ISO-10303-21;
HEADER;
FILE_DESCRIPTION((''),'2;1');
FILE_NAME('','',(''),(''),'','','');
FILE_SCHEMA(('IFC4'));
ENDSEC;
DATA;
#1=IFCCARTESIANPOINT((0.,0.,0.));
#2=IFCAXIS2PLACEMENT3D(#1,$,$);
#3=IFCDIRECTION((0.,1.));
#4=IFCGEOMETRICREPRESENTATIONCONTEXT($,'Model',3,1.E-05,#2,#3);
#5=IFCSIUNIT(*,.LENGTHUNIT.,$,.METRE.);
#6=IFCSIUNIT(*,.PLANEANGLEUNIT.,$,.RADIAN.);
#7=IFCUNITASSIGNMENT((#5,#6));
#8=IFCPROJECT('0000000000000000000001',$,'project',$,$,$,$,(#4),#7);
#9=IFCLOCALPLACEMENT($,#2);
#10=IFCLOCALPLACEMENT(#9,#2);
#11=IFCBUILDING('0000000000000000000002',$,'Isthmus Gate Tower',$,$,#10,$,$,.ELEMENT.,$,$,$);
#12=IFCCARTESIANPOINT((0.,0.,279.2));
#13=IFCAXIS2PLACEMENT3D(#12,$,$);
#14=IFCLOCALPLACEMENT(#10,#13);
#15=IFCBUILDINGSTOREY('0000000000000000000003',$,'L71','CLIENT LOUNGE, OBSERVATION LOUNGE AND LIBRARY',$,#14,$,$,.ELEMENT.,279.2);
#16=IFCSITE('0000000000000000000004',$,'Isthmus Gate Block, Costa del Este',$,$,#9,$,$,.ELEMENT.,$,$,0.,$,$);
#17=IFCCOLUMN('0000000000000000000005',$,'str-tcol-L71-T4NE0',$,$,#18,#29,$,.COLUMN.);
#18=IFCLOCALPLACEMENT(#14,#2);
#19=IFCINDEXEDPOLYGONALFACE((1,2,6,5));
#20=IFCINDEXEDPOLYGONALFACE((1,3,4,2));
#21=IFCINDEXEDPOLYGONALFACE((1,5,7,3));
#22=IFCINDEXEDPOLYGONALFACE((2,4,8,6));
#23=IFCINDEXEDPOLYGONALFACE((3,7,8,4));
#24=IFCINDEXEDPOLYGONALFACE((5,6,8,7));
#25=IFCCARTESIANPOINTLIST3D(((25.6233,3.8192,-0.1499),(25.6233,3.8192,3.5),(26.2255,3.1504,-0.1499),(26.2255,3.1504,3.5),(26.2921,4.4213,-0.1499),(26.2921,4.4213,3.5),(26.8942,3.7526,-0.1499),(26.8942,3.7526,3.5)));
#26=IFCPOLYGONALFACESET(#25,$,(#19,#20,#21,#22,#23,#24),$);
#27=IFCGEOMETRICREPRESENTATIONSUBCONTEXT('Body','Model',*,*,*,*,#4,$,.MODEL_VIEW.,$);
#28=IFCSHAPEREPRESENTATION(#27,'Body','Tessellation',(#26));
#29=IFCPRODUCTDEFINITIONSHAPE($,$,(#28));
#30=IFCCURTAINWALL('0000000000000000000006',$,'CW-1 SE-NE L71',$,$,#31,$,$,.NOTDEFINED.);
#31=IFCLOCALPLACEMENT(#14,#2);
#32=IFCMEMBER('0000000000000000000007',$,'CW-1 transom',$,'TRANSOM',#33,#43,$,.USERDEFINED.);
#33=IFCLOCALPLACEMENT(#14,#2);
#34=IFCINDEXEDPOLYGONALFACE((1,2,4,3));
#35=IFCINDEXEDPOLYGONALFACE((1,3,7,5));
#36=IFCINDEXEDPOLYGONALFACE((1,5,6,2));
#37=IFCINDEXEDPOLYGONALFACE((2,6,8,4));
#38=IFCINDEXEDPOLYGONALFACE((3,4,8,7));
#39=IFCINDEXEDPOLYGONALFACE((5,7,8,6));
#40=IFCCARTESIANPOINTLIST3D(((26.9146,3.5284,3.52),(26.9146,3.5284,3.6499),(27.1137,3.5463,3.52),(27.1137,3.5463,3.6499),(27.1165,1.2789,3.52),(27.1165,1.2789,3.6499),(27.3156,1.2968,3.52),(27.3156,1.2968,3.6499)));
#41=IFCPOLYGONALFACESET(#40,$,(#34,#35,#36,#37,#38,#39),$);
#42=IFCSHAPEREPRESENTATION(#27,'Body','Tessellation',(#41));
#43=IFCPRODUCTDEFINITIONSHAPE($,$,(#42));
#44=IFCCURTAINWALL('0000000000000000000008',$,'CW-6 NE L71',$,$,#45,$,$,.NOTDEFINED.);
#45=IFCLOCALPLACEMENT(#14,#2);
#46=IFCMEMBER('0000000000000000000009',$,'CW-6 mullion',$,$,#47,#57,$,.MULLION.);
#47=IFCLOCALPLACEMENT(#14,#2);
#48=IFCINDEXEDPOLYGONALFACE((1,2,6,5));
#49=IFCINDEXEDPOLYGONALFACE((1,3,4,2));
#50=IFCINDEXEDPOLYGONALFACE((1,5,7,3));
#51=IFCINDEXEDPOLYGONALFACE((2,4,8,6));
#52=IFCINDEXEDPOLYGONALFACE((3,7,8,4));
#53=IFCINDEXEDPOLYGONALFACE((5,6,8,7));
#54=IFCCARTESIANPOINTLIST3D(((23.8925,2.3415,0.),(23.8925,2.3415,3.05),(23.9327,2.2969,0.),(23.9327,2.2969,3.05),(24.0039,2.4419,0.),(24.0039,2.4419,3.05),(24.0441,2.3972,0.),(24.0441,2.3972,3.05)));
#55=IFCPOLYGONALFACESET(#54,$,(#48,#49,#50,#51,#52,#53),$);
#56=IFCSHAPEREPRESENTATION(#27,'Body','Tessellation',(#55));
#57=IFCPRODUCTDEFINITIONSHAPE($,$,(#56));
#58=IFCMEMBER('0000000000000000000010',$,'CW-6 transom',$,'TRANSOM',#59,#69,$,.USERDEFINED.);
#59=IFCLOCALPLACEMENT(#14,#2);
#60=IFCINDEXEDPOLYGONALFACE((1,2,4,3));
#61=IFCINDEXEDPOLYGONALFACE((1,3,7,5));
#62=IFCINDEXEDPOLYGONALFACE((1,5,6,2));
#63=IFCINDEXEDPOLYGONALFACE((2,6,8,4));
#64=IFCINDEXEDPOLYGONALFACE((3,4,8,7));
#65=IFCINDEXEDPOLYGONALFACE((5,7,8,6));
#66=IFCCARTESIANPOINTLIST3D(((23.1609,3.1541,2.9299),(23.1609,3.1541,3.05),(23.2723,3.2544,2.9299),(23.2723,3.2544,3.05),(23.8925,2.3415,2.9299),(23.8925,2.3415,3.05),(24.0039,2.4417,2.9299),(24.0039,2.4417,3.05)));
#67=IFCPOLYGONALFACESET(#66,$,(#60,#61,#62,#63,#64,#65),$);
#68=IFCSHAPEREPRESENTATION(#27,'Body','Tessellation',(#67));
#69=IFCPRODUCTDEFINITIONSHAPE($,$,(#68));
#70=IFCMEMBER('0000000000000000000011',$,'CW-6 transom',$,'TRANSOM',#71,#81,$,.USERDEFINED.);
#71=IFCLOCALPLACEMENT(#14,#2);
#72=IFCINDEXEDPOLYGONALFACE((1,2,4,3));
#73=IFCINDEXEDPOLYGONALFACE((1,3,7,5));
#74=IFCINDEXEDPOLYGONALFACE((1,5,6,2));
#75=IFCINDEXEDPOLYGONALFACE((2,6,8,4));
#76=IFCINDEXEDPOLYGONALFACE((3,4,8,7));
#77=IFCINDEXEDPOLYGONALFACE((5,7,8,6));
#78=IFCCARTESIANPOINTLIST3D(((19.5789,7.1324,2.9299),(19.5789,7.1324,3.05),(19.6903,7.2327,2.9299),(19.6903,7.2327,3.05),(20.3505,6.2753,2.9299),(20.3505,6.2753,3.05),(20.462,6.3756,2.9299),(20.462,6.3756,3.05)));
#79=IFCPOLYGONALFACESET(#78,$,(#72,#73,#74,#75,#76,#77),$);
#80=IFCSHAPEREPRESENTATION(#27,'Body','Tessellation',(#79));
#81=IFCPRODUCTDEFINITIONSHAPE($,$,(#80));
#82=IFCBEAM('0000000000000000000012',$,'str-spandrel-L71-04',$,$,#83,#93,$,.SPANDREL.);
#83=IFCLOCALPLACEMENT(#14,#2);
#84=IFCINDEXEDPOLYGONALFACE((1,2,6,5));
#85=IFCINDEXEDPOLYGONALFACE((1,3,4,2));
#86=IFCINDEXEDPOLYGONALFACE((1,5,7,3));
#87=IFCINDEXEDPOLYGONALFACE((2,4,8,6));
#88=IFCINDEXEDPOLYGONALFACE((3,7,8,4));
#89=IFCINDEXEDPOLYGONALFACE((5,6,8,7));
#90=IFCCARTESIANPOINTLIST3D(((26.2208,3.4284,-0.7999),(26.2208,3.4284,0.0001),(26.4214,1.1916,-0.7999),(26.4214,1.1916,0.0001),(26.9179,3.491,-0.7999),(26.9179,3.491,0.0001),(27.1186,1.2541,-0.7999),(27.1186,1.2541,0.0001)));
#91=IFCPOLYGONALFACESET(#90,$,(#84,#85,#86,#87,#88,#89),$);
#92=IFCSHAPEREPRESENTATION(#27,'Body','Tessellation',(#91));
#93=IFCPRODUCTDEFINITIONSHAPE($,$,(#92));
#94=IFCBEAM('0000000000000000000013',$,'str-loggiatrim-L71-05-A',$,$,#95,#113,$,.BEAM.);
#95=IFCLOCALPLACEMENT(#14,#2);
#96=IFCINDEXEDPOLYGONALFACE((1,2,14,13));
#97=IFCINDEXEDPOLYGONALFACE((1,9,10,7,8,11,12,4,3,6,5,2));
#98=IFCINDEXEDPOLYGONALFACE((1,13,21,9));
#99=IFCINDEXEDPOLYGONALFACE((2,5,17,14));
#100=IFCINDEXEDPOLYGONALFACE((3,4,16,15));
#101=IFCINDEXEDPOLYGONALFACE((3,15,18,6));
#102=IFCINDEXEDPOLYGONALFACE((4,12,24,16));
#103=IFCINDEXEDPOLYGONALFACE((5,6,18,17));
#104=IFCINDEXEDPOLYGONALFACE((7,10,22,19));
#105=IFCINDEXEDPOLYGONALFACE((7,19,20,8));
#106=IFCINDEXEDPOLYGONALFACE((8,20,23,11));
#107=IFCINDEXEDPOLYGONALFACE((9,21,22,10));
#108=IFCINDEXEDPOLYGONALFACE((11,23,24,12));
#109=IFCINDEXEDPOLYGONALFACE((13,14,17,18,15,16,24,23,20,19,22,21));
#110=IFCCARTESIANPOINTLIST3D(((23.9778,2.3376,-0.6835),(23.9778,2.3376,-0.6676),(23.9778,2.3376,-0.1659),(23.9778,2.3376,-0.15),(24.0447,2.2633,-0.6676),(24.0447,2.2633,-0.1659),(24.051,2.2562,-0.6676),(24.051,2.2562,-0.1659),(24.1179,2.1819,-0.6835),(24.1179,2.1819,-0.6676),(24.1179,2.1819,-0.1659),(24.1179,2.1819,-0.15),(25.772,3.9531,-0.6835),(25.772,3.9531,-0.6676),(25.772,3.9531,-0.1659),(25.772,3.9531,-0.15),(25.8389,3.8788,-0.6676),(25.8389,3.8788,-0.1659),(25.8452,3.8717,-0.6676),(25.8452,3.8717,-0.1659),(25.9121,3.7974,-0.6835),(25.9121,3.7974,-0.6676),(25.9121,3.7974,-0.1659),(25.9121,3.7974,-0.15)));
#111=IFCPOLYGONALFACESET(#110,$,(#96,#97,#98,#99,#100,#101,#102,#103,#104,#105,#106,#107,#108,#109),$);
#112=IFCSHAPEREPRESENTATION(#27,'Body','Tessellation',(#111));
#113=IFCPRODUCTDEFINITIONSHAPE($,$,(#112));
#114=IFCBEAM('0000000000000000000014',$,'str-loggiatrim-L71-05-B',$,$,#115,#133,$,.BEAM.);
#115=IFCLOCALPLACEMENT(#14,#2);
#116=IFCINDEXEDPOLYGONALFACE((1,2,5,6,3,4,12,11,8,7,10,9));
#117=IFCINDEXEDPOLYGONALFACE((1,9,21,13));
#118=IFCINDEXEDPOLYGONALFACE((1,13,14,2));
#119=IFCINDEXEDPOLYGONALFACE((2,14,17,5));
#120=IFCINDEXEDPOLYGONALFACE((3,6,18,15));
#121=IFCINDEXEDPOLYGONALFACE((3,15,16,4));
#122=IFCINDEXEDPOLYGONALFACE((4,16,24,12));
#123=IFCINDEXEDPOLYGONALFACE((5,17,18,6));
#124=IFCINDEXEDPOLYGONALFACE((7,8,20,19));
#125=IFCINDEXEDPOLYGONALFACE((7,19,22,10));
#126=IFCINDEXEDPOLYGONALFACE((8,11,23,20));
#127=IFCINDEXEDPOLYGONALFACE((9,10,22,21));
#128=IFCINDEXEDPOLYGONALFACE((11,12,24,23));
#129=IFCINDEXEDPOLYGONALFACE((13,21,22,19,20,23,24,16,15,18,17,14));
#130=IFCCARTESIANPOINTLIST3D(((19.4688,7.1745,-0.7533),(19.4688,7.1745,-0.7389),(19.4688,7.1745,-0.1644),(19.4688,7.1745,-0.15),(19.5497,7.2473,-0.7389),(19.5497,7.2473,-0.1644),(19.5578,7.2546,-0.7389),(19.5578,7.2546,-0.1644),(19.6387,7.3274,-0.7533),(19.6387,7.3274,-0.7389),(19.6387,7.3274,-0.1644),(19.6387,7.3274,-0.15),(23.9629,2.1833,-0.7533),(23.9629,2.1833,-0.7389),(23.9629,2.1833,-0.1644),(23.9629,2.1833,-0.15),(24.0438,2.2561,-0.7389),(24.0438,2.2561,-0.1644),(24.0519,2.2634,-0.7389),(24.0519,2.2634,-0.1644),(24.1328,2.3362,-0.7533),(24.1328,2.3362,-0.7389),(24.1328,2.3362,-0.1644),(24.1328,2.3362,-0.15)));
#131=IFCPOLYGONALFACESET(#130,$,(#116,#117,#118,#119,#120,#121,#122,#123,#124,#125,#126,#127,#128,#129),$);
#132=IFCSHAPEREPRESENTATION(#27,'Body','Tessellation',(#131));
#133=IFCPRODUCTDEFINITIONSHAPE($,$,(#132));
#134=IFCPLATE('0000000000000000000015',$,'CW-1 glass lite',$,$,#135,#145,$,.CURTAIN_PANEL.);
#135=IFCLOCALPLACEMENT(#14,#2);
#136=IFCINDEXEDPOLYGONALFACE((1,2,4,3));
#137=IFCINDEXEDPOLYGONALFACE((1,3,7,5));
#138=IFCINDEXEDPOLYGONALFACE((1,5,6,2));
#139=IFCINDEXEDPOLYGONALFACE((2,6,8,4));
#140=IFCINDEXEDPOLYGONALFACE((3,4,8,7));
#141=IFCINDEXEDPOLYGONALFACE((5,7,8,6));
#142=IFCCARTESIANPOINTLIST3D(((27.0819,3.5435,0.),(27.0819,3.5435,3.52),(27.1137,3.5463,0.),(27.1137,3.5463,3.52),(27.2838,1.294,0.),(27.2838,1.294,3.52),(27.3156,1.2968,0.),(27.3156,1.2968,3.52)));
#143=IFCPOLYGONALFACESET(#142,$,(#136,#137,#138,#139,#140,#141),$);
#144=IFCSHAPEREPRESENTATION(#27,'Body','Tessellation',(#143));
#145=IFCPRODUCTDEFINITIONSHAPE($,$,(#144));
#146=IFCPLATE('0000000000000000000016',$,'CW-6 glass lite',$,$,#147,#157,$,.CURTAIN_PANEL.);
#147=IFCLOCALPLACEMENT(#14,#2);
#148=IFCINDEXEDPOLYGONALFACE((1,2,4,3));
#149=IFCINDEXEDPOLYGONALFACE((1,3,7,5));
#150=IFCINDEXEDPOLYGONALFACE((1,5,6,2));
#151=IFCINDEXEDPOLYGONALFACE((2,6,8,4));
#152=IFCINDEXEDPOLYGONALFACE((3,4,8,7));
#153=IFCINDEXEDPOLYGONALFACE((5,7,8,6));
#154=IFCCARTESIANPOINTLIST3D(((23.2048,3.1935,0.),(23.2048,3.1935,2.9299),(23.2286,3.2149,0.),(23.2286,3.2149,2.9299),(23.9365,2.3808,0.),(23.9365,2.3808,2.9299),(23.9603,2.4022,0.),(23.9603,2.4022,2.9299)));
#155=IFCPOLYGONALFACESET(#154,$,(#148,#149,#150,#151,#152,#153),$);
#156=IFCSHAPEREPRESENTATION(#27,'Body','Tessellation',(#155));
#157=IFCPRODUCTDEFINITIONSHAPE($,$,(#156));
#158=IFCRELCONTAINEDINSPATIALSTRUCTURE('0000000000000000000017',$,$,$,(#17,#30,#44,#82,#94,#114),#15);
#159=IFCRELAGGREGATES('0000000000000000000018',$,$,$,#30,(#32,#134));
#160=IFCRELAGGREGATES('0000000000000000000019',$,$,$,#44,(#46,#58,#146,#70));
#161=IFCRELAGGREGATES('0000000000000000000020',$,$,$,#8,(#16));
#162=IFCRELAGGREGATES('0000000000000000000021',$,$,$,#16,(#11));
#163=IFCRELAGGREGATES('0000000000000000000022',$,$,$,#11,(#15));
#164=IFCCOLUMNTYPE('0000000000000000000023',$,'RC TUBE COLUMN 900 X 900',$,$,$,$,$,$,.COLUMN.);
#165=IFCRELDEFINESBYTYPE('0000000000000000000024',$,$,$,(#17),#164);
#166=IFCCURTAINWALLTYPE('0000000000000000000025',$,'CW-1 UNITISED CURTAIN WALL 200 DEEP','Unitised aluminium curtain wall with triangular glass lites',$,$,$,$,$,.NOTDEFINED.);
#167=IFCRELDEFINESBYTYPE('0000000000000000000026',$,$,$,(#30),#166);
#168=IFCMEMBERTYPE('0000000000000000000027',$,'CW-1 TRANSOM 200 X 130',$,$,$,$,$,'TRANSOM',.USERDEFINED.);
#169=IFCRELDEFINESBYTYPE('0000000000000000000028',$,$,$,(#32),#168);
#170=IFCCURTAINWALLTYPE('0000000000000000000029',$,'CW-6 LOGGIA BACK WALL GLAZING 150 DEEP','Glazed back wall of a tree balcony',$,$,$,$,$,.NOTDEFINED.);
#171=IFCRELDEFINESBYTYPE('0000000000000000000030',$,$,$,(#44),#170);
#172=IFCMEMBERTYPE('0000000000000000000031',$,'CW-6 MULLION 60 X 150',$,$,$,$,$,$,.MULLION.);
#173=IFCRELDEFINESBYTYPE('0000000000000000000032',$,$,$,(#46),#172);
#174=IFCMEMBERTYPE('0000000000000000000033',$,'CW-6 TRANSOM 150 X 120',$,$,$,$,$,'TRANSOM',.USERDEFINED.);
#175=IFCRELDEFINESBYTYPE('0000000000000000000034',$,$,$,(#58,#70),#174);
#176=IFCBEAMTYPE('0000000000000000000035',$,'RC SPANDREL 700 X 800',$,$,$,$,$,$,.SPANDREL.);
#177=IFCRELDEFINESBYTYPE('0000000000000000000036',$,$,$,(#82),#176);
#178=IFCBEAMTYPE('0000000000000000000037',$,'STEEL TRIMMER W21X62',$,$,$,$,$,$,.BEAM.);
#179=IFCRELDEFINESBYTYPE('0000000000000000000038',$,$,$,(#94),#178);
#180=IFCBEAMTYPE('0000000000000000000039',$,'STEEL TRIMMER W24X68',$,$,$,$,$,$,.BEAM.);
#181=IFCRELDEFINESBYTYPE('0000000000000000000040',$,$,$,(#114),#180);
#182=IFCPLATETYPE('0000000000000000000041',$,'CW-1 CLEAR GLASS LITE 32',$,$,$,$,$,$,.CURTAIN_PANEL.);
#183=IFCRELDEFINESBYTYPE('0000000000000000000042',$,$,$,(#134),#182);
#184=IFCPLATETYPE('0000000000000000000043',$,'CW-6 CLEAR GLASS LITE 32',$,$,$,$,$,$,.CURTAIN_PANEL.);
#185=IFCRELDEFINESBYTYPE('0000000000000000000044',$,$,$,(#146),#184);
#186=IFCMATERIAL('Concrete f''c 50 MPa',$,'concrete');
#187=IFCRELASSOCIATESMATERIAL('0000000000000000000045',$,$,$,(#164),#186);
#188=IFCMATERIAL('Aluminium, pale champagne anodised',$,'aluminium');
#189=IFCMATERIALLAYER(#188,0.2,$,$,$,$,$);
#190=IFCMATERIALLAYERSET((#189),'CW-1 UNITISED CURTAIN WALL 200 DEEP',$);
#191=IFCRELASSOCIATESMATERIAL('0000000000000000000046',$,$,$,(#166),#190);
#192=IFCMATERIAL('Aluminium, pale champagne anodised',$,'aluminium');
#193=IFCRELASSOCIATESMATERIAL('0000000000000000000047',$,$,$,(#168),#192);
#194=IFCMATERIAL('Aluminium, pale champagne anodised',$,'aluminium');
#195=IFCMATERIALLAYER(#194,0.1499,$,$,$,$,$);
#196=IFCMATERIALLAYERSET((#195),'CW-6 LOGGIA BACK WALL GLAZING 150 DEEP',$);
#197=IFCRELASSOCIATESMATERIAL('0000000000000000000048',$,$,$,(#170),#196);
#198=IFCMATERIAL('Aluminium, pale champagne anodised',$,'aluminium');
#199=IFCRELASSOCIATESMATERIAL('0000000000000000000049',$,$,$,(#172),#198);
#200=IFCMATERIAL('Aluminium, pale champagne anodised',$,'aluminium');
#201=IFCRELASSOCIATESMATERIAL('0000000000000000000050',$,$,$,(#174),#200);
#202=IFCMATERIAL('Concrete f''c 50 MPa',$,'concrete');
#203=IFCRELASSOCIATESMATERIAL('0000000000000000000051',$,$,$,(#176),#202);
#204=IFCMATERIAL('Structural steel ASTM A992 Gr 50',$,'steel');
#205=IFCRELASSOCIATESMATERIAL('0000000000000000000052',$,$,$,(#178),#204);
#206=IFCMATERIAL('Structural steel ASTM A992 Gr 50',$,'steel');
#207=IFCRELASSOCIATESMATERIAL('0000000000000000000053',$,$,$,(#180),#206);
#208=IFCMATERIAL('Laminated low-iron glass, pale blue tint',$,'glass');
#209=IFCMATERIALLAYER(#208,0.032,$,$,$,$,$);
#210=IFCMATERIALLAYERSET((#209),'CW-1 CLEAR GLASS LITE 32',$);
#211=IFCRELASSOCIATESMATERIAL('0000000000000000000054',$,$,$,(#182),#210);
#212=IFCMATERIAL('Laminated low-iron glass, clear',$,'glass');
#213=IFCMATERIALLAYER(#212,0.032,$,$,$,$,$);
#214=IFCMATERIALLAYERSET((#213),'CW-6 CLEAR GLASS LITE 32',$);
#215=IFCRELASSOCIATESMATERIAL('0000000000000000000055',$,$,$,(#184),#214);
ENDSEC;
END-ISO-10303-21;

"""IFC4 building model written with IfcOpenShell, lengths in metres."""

from ifc_helpers import new_model, si_unit, direction, frame, origin, origin_2d, place, context, subcontext, project, spatial, rectangle, i_section, extrude, material, layer, layer_set, material_profile, profile_set, type_object, element, aggregate, save


model = new_model("IFC4")

# Units and contexts
model_context = context("Model", 3, precision=1e-05, world=origin(), true_north=direction((0.0, 1.0)))
body_context = subcontext(model_context, "Body", "Model", "MODEL_VIEW")
ifc_project = project(units=[si_unit("LENGTHUNIT", "METRE"), si_unit("PLANEANGLEUNIT", "RADIAN")], contexts=[model_context])

# Site, building, storey
site_placement = place(None, origin())
site = spatial("IfcSite", under=ifc_project, at=site_placement, Name="Isthmus Gate Block, Costa del Este", CompositionType="ELEMENT", RefElevation=0.0)
building_placement = place(site_placement, origin())
building = spatial("IfcBuilding", under=site, at=building_placement, Name="Isthmus Gate Tower", CompositionType="ELEMENT")
storey_placement = place(building_placement, frame((0.0, 0.0, 279.2)))
storey = spatial("IfcBuildingStorey", under=building, at=storey_placement, Name="L71", Description="CLIENT LOUNGE, OBSERVATION LOUNGE AND LIBRARY", CompositionType="ELEMENT", Elevation=279.2)

# Column
ifc_material_1 = material(Name="Concrete f'c 50 MPa", Category="concrete")
ifc_material_profile_1 = material_profile(ifc_material_1, rectangle(XDim=0.8999, YDim=0.8999, at=origin_2d()), Name="RC 900X900")
ifc_profile_set_1 = profile_set([ifc_material_profile_1], Name="Concrete f'c 50 MPa")
column_type = type_object("IfcColumnType", Name="RC TUBE COLUMN 900 X 900", PredefinedType="COLUMN", material=ifc_profile_set_1)
column_placement = place(storey_placement, frame((26.2588, 3.7859, -0.1499), z_axis=(0.0, 0.0, 1.0), x_axis=(-0.669131, 0.743145, 0.0)))
element("IfcColumn", 1, at=column_placement, inside=storey, type_object=column_type, Name="str-tcol-L71-T4NE0", PredefinedType="COLUMN", context=body_context, shape_type="SweptSolid", body=[
    extrude(rectangle(XDim=0.8999, YDim=0.8999, at=origin_2d()), origin(), (0.0, 0.0, 1.0), 3.6499),
])

# Curtain wall, member
ifc_material_2 = material(Name="Aluminium, pale champagne anodised", Category="aluminium")
ifc_layer_1 = layer(ifc_material_2, 0.2)
ifc_layer_set_1 = layer_set([ifc_layer_1], Name="CW-1 UNITISED CURTAIN WALL 200 DEEP")
curtain_wall_type_1 = type_object("IfcCurtainWallType", Name="CW-1 UNITISED CURTAIN WALL 200 DEEP", Description="Unitised aluminium curtain wall with triangular glass lites", PredefinedType="NOTDEFINED", material=ifc_layer_set_1)
curtain_wall_1_placement = place(storey_placement, origin())
curtain_wall_1 = element("IfcCurtainWall", 2, at=curtain_wall_1_placement, inside=storey, type_object=curtain_wall_type_1, Name="CW-1 SE-NE L71", PredefinedType="NOTDEFINED")
ifc_material_3 = material(Name="Aluminium, pale champagne anodised", Category="aluminium")
ifc_material_profile_2 = material_profile(ifc_material_3, rectangle(XDim=0.2, YDim=0.1299, at=origin_2d()), Name="200x130")
ifc_profile_set_2 = profile_set([ifc_material_profile_2], Name="Aluminium, pale champagne anodised")
member_type_1 = type_object("IfcMemberType", Name="CW-1 TRANSOM 200 X 130", ElementType="TRANSOM", PredefinedType="USERDEFINED", material=ifc_profile_set_2)
member_1_placement = place(storey_placement, frame((27.2161, 1.2878, 3.585), z_axis=(-0.089395, 0.995996, 0.0), x_axis=(-0.995996, -0.089395, 0.0)))
member_1 = element("IfcMember", 3, at=member_1_placement, type_object=member_type_1, Name="CW-1 transom", ObjectType="TRANSOM", PredefinedType="USERDEFINED", context=body_context, shape_type="SweptSolid", body=[
    extrude(rectangle(XDim=0.2, YDim=0.1299, at=origin_2d()), origin(), (0.0, 0.0, 1.0), 2.2585),
])

# Curtain wall, members
ifc_material_4 = material(Name="Aluminium, pale champagne anodised", Category="aluminium")
ifc_layer_2 = layer(ifc_material_4, 0.1499)
ifc_layer_set_2 = layer_set([ifc_layer_2], Name="CW-6 LOGGIA BACK WALL GLAZING 150 DEEP")
curtain_wall_type_2 = type_object("IfcCurtainWallType", Name="CW-6 LOGGIA BACK WALL GLAZING 150 DEEP", Description="Glazed back wall of a tree balcony", PredefinedType="NOTDEFINED", material=ifc_layer_set_2)
curtain_wall_2_placement = place(storey_placement, origin())
curtain_wall_2 = element("IfcCurtainWall", 4, at=curtain_wall_2_placement, inside=storey, type_object=curtain_wall_type_2, Name="CW-6 NE L71", PredefinedType="NOTDEFINED")
ifc_material_5 = material(Name="Aluminium, pale champagne anodised", Category="aluminium")
ifc_material_profile_3 = material_profile(ifc_material_5, rectangle(XDim=0.0601, YDim=0.1499, at=origin_2d()), Name="60x150")
ifc_profile_set_3 = profile_set([ifc_material_profile_3], Name="Aluminium, pale champagne anodised")
member_type_2 = type_object("IfcMemberType", Name="CW-6 MULLION 60 X 150", PredefinedType="MULLION", material=ifc_profile_set_3)
member_2_placement = place(storey_placement, frame((23.9683, 2.3694, 0.0), z_axis=(0.0, 0.0, 1.0), x_axis=(-0.669131, 0.743145, 0.0)))
member_2 = element("IfcMember", 5, at=member_2_placement, type_object=member_type_2, Name="CW-6 mullion", PredefinedType="MULLION", context=body_context, shape_type="SweptSolid", body=[
    extrude(rectangle(XDim=0.0601, YDim=0.1499, at=origin_2d()), origin(), (0.0, 0.0, 1.0), 3.05),
])
ifc_material_6 = material(Name="Aluminium, pale champagne anodised", Category="aluminium")
ifc_material_profile_4 = material_profile(ifc_material_6, rectangle(XDim=0.1499, YDim=0.1201, at=origin_2d()), Name="150x120")
ifc_profile_set_4 = profile_set([ifc_material_profile_4], Name="Aluminium, pale champagne anodised")
member_type_3 = type_object("IfcMemberType", Name="CW-6 TRANSOM 150 X 120", ElementType="TRANSOM", PredefinedType="USERDEFINED", material=ifc_profile_set_4)
member_3_placement = place(storey_placement, frame((23.9482, 2.3916, 2.99), z_axis=(-0.669076, 0.743194, 0.0), x_axis=(-0.743194, -0.669076, 0.0)))
member_3 = element("IfcMember", 6, at=member_3_placement, type_object=member_type_3, Name="CW-6 transom", ObjectType="TRANSOM", PredefinedType="USERDEFINED", context=body_context, shape_type="SweptSolid", body=[
    extrude(rectangle(XDim=0.1499, YDim=0.1201, at=origin_2d()), origin(), (0.0, 0.0, 1.0), 1.0935),
])
member_4_placement = place(storey_placement, frame((20.4062, 6.3254, 2.99), z_axis=(-0.669093, 0.743178, 0.0), x_axis=(-0.743178, -0.669093, 0.0)))
member_4 = element("IfcMember", 7, at=member_4_placement, type_object=member_type_3, Name="CW-6 transom", ObjectType="TRANSOM", PredefinedType="USERDEFINED", context=body_context, shape_type="SweptSolid", body=[
    extrude(rectangle(XDim=0.1499, YDim=0.1201, at=origin_2d()), origin(), (0.0, 0.0, 1.0), 1.1533),
])

# Beams
ifc_material_7 = material(Name="Concrete f'c 50 MPa", Category="concrete")
ifc_material_profile_5 = material_profile(ifc_material_7, rectangle(XDim=0.7, YDim=0.8, at=origin_2d()), Name="RC 700X800")
ifc_profile_set_5 = profile_set([ifc_material_profile_5], Name="Concrete f'c 50 MPa")
beam_type_1 = type_object("IfcBeamType", Name="RC SPANDREL 700 X 800", PredefinedType="SPANDREL", material=ifc_profile_set_5)
beam_1_placement = place(storey_placement, frame((26.5693, 3.4597, -0.3999), z_axis=(0.089359, -0.995999, 0.0), x_axis=(0.995999, 0.089359, 0.0)))
element("IfcBeam", 8, at=beam_1_placement, inside=storey, type_object=beam_type_1, Name="str-spandrel-L71-04", PredefinedType="SPANDREL", context=body_context, shape_type="SweptSolid", body=[
    extrude(rectangle(XDim=0.7, YDim=0.8, at=origin_2d()), origin(), (0.0, 0.0, 1.0), 2.2458),
])
ifc_material_8 = material(Name="Structural steel ASTM A992 Gr 50", Category="steel")
ifc_material_profile_6 = material_profile(ifc_material_8, i_section(OverallWidth=0.2095, OverallDepth=0.5334, WebThickness=0.0095, FlangeThickness=0.0159, at=origin_2d()), Name="W21X62")
ifc_profile_set_6 = profile_set([ifc_material_profile_6], Name="Structural steel ASTM A992 Gr 50")
beam_type_2 = type_object("IfcBeamType", Name="STEEL TRIMMER W21X62", PredefinedType="BEAM", material=ifc_profile_set_6)
beam_2_placement = place(storey_placement, frame((25.842, 3.8752, -0.4167), z_axis=(-0.743148, -0.669127, 0.0), x_axis=(0.669127, -0.743148, 0.0)))
element("IfcBeam", 9, at=beam_2_placement, inside=storey, type_object=beam_type_2, Name="str-loggiatrim-L71-05-A", PredefinedType="BEAM", context=body_context, shape_type="SweptSolid", body=[
    extrude(i_section(OverallWidth=0.2095, OverallDepth=0.5334, WebThickness=0.0095, FlangeThickness=0.0159, at=origin_2d()), origin(), (0.0, 0.0, 1.0), 2.4143),
])
ifc_material_9 = material(Name="Structural steel ASTM A992 Gr 50", Category="steel")
ifc_material_profile_7 = material_profile(ifc_material_9, i_section(OverallWidth=0.2285, OverallDepth=0.6033, WebThickness=0.011, FlangeThickness=0.0144, at=origin_2d()), Name="W24X68")
ifc_profile_set_7 = profile_set([ifc_material_profile_7], Name="Structural steel ASTM A992 Gr 50")
beam_type_3 = type_object("IfcBeamType", Name="STEEL TRIMMER W24X68", PredefinedType="BEAM", material=ifc_profile_set_7)
beam_3_placement = place(storey_placement, frame((24.0479, 2.2598, -0.4517), z_axis=(-0.669133, 0.743142, 0.0), x_axis=(-0.743142, -0.669133, 0.0)))
element("IfcBeam", 10, at=beam_3_placement, inside=storey, type_object=beam_type_3, Name="str-loggiatrim-L71-05-B", PredefinedType="BEAM", context=body_context, shape_type="SweptSolid", body=[
    extrude(i_section(OverallWidth=0.2285, OverallDepth=0.6033, WebThickness=0.011, FlangeThickness=0.0144, at=origin_2d()), origin(), (0.0, 0.0, 1.0), 6.7163),
])

# Plates
ifc_material_10 = material(Name="Laminated low-iron glass, pale blue tint", Category="glass")
ifc_layer_3 = layer(ifc_material_10, 0.032)
ifc_layer_set_3 = layer_set([ifc_layer_3], Name="CW-1 CLEAR GLASS LITE 32")
plate_type_1 = type_object("IfcPlateType", Name="CW-1 CLEAR GLASS LITE 32", PredefinedType="CURTAIN_PANEL", material=ifc_layer_set_3)
plate_1_placement = place(storey_placement, frame((27.1987, 2.4202, 0.0), z_axis=(0.0, 0.0, 1.0), x_axis=(-0.089397, 0.995996, 0.0)))
plate_1 = element("IfcPlate", 11, at=plate_1_placement, type_object=plate_type_1, Name="CW-1 glass lite", PredefinedType="CURTAIN_PANEL", context=body_context, shape_type="SweptSolid", body=[
    extrude(rectangle(XDim=2.2585, YDim=0.032, at=origin_2d()), origin(), (0.0, 0.0, 1.0), 3.52),
])
aggregate(curtain_wall_1, [member_1, plate_1])
ifc_material_11 = material(Name="Laminated low-iron glass, clear", Category="glass")
ifc_layer_4 = layer(ifc_material_11, 0.032)
ifc_layer_set_4 = layer_set([ifc_layer_4], Name="CW-6 CLEAR GLASS LITE 32")
plate_type_2 = type_object("IfcPlateType", Name="CW-6 CLEAR GLASS LITE 32", PredefinedType="CURTAIN_PANEL", material=ifc_layer_set_4)
plate_2_placement = place(storey_placement, frame((23.5825, 2.7979, 0.0), z_axis=(0.0, 0.0, 1.0), x_axis=(-0.669131, 0.743145, 0.0)))
plate_2 = element("IfcPlate", 12, at=plate_2_placement, type_object=plate_type_2, Name="CW-6 glass lite", PredefinedType="CURTAIN_PANEL", context=body_context, shape_type="SweptSolid", body=[
    extrude(rectangle(XDim=1.0935, YDim=0.032, at=origin_2d()), origin(), (0.0, 0.0, 1.0), 2.9299),
])
aggregate(curtain_wall_2, [member_2, member_3, plate_2, member_4])

save(model, "model.ifc")
